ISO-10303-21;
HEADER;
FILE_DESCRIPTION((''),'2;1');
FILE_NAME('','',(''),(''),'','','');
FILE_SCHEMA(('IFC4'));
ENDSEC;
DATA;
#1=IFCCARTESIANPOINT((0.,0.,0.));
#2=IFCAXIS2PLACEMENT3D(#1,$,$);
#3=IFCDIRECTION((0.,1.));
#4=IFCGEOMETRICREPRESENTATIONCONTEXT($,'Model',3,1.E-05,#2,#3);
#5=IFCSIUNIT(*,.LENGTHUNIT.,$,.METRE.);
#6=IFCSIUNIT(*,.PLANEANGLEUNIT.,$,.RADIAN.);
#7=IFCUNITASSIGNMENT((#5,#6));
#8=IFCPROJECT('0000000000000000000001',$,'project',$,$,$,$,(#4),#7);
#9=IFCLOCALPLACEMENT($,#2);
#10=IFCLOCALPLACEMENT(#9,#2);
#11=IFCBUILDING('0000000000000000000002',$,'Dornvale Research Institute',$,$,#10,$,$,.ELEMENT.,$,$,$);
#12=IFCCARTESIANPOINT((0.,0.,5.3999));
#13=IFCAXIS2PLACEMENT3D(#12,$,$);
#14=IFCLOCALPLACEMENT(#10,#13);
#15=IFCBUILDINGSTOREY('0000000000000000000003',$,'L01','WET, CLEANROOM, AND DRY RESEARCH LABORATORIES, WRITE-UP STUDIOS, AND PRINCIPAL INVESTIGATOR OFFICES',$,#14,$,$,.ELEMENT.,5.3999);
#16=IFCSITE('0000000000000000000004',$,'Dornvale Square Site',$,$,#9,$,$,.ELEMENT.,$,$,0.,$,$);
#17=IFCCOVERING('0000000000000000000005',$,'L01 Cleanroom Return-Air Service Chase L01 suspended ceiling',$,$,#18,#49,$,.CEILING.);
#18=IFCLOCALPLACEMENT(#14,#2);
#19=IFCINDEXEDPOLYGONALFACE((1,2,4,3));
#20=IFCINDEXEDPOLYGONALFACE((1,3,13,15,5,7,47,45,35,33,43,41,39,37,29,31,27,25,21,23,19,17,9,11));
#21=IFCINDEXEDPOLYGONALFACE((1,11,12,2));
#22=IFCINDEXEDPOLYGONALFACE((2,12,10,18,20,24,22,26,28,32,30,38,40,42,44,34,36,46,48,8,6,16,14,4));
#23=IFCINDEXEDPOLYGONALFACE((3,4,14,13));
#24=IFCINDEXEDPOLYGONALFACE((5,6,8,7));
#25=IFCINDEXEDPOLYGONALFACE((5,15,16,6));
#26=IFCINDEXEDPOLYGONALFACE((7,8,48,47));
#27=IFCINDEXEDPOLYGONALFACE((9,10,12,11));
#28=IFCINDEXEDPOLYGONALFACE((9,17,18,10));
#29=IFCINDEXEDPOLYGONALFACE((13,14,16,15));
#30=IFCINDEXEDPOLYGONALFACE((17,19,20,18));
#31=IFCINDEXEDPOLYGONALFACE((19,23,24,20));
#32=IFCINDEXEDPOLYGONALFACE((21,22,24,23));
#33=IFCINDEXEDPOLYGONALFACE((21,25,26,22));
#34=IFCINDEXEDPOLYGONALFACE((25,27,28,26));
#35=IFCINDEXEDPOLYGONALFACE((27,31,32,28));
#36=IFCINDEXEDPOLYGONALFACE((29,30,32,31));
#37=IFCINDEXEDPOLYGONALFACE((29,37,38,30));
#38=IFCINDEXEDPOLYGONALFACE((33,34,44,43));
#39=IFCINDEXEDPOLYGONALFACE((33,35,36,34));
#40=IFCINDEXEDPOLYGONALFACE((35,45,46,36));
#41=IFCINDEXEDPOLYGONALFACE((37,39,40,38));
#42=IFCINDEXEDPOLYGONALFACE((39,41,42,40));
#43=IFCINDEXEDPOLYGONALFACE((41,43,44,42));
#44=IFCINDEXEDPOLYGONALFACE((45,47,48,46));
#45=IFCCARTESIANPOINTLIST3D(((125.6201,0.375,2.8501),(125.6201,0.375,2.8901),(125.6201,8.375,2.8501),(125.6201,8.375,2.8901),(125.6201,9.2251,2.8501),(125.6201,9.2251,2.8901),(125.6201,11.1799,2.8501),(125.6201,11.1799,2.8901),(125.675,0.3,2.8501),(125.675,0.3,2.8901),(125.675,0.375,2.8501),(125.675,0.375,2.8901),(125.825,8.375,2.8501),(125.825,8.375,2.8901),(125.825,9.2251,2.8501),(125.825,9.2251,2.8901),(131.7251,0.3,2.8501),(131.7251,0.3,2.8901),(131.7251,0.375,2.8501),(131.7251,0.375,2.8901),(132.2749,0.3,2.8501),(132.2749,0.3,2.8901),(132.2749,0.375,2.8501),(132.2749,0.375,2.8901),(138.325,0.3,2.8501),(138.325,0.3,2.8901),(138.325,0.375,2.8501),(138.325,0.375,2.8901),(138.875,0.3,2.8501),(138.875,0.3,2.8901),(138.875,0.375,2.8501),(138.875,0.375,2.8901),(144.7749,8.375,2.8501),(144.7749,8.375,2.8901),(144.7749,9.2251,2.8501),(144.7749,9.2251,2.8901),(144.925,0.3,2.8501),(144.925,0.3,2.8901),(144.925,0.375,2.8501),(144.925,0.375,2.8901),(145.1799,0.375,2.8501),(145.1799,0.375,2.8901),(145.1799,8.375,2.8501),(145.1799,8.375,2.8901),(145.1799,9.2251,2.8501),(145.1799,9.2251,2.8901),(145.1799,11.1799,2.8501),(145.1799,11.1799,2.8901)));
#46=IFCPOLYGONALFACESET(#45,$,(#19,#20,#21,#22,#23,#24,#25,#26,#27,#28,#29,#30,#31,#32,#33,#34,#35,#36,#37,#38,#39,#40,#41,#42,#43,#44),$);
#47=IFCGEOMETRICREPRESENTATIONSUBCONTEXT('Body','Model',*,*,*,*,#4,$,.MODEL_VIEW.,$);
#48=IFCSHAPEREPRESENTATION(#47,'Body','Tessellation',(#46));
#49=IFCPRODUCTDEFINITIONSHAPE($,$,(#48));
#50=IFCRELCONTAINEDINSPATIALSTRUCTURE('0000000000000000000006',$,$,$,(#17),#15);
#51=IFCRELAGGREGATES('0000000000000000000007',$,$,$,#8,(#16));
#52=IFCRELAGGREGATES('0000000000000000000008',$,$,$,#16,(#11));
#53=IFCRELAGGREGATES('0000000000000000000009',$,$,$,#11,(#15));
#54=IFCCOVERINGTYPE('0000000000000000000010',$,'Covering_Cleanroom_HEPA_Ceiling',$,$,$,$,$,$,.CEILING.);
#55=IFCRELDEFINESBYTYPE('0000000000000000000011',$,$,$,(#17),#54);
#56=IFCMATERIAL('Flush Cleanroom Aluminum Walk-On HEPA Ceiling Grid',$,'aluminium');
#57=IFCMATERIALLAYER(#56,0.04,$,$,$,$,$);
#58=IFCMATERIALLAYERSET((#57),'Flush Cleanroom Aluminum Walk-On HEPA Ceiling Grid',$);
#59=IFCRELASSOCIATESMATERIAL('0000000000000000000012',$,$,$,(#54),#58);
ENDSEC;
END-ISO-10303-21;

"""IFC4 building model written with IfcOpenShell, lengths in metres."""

from ifc_helpers import new_model, si_unit, direction, frame, origin, place, context, subcontext, project, spatial, polyline, outline, extrude, material, layer, layer_set, type_object, element, save


model = new_model("IFC4")

# Units and contexts
model_context = context("Model", 3, precision=1e-05, world=origin(), true_north=direction((0.0, 1.0)))
body_context = subcontext(model_context, "Body", "Model", "MODEL_VIEW")
ifc_project = project(units=[si_unit("LENGTHUNIT", "METRE"), si_unit("PLANEANGLEUNIT", "RADIAN")], contexts=[model_context])

# Site, building, storey
site_placement = place(None, origin())
site = spatial("IfcSite", under=ifc_project, at=site_placement, Name="Dornvale Square Site", CompositionType="ELEMENT", RefElevation=0.0)
building_placement = place(site_placement, origin())
building = spatial("IfcBuilding", under=site, at=building_placement, Name="Dornvale Research Institute", CompositionType="ELEMENT")
storey_placement = place(building_placement, frame((0.0, 0.0, 5.3999)))
storey = spatial("IfcBuildingStorey", under=building, at=storey_placement, Name="L01", Description="WET, CLEANROOM, AND DRY RESEARCH LABORATORIES, WRITE-UP STUDIOS, AND PRINCIPAL INVESTIGATOR OFFICES", CompositionType="ELEMENT", Elevation=5.3999)

# Covering
ifc_material_1 = material(Name="Flush Cleanroom Aluminum Walk-On HEPA Ceiling Grid", Category="aluminium")
ifc_layer_1 = layer(ifc_material_1, 0.04)
ifc_layer_set_1 = layer_set([ifc_layer_1], Name="Flush Cleanroom Aluminum Walk-On HEPA Ceiling Grid")
covering_type_1 = type_object("IfcCoveringType", Name="Covering_Cleanroom_HEPA_Ceiling", PredefinedType="CEILING", material=ifc_layer_set_1)
covering_1_placement = place(storey_placement, frame((0.0, 0.0, 2.8501)))
element("IfcCovering", 1, at=covering_1_placement, inside=storey, type_object=covering_type_1, Name="L01 Cleanroom Return-Air Service Chase L01 suspended ceiling", PredefinedType="CEILING", context=body_context, shape_type="SweptSolid", body=[
    extrude(outline(polyline([(138.875, 0.3), (138.875, 0.375), (138.325, 0.375), (138.325, 0.3), (132.2749, 0.3), (132.2749, 0.375), (131.7251, 0.375), (131.7251, 0.3), (125.675, 0.3), (125.675, 0.375), (125.6201, 0.375), (125.6201, 8.375), (125.825, 8.375), (125.825, 9.2251), (125.6201, 9.2251), (125.6201, 11.1799), (145.1799, 11.1799), (145.1799, 9.2251), (144.7749, 9.2251), (144.7749, 8.375), (145.1799, 8.375), (145.1799, 0.375), (144.925, 0.375), (144.925, 0.3), (138.875, 0.3)])), origin(), (0.0, 0.0, 1.0), 0.04),
])

save(model, "model.ifc")
